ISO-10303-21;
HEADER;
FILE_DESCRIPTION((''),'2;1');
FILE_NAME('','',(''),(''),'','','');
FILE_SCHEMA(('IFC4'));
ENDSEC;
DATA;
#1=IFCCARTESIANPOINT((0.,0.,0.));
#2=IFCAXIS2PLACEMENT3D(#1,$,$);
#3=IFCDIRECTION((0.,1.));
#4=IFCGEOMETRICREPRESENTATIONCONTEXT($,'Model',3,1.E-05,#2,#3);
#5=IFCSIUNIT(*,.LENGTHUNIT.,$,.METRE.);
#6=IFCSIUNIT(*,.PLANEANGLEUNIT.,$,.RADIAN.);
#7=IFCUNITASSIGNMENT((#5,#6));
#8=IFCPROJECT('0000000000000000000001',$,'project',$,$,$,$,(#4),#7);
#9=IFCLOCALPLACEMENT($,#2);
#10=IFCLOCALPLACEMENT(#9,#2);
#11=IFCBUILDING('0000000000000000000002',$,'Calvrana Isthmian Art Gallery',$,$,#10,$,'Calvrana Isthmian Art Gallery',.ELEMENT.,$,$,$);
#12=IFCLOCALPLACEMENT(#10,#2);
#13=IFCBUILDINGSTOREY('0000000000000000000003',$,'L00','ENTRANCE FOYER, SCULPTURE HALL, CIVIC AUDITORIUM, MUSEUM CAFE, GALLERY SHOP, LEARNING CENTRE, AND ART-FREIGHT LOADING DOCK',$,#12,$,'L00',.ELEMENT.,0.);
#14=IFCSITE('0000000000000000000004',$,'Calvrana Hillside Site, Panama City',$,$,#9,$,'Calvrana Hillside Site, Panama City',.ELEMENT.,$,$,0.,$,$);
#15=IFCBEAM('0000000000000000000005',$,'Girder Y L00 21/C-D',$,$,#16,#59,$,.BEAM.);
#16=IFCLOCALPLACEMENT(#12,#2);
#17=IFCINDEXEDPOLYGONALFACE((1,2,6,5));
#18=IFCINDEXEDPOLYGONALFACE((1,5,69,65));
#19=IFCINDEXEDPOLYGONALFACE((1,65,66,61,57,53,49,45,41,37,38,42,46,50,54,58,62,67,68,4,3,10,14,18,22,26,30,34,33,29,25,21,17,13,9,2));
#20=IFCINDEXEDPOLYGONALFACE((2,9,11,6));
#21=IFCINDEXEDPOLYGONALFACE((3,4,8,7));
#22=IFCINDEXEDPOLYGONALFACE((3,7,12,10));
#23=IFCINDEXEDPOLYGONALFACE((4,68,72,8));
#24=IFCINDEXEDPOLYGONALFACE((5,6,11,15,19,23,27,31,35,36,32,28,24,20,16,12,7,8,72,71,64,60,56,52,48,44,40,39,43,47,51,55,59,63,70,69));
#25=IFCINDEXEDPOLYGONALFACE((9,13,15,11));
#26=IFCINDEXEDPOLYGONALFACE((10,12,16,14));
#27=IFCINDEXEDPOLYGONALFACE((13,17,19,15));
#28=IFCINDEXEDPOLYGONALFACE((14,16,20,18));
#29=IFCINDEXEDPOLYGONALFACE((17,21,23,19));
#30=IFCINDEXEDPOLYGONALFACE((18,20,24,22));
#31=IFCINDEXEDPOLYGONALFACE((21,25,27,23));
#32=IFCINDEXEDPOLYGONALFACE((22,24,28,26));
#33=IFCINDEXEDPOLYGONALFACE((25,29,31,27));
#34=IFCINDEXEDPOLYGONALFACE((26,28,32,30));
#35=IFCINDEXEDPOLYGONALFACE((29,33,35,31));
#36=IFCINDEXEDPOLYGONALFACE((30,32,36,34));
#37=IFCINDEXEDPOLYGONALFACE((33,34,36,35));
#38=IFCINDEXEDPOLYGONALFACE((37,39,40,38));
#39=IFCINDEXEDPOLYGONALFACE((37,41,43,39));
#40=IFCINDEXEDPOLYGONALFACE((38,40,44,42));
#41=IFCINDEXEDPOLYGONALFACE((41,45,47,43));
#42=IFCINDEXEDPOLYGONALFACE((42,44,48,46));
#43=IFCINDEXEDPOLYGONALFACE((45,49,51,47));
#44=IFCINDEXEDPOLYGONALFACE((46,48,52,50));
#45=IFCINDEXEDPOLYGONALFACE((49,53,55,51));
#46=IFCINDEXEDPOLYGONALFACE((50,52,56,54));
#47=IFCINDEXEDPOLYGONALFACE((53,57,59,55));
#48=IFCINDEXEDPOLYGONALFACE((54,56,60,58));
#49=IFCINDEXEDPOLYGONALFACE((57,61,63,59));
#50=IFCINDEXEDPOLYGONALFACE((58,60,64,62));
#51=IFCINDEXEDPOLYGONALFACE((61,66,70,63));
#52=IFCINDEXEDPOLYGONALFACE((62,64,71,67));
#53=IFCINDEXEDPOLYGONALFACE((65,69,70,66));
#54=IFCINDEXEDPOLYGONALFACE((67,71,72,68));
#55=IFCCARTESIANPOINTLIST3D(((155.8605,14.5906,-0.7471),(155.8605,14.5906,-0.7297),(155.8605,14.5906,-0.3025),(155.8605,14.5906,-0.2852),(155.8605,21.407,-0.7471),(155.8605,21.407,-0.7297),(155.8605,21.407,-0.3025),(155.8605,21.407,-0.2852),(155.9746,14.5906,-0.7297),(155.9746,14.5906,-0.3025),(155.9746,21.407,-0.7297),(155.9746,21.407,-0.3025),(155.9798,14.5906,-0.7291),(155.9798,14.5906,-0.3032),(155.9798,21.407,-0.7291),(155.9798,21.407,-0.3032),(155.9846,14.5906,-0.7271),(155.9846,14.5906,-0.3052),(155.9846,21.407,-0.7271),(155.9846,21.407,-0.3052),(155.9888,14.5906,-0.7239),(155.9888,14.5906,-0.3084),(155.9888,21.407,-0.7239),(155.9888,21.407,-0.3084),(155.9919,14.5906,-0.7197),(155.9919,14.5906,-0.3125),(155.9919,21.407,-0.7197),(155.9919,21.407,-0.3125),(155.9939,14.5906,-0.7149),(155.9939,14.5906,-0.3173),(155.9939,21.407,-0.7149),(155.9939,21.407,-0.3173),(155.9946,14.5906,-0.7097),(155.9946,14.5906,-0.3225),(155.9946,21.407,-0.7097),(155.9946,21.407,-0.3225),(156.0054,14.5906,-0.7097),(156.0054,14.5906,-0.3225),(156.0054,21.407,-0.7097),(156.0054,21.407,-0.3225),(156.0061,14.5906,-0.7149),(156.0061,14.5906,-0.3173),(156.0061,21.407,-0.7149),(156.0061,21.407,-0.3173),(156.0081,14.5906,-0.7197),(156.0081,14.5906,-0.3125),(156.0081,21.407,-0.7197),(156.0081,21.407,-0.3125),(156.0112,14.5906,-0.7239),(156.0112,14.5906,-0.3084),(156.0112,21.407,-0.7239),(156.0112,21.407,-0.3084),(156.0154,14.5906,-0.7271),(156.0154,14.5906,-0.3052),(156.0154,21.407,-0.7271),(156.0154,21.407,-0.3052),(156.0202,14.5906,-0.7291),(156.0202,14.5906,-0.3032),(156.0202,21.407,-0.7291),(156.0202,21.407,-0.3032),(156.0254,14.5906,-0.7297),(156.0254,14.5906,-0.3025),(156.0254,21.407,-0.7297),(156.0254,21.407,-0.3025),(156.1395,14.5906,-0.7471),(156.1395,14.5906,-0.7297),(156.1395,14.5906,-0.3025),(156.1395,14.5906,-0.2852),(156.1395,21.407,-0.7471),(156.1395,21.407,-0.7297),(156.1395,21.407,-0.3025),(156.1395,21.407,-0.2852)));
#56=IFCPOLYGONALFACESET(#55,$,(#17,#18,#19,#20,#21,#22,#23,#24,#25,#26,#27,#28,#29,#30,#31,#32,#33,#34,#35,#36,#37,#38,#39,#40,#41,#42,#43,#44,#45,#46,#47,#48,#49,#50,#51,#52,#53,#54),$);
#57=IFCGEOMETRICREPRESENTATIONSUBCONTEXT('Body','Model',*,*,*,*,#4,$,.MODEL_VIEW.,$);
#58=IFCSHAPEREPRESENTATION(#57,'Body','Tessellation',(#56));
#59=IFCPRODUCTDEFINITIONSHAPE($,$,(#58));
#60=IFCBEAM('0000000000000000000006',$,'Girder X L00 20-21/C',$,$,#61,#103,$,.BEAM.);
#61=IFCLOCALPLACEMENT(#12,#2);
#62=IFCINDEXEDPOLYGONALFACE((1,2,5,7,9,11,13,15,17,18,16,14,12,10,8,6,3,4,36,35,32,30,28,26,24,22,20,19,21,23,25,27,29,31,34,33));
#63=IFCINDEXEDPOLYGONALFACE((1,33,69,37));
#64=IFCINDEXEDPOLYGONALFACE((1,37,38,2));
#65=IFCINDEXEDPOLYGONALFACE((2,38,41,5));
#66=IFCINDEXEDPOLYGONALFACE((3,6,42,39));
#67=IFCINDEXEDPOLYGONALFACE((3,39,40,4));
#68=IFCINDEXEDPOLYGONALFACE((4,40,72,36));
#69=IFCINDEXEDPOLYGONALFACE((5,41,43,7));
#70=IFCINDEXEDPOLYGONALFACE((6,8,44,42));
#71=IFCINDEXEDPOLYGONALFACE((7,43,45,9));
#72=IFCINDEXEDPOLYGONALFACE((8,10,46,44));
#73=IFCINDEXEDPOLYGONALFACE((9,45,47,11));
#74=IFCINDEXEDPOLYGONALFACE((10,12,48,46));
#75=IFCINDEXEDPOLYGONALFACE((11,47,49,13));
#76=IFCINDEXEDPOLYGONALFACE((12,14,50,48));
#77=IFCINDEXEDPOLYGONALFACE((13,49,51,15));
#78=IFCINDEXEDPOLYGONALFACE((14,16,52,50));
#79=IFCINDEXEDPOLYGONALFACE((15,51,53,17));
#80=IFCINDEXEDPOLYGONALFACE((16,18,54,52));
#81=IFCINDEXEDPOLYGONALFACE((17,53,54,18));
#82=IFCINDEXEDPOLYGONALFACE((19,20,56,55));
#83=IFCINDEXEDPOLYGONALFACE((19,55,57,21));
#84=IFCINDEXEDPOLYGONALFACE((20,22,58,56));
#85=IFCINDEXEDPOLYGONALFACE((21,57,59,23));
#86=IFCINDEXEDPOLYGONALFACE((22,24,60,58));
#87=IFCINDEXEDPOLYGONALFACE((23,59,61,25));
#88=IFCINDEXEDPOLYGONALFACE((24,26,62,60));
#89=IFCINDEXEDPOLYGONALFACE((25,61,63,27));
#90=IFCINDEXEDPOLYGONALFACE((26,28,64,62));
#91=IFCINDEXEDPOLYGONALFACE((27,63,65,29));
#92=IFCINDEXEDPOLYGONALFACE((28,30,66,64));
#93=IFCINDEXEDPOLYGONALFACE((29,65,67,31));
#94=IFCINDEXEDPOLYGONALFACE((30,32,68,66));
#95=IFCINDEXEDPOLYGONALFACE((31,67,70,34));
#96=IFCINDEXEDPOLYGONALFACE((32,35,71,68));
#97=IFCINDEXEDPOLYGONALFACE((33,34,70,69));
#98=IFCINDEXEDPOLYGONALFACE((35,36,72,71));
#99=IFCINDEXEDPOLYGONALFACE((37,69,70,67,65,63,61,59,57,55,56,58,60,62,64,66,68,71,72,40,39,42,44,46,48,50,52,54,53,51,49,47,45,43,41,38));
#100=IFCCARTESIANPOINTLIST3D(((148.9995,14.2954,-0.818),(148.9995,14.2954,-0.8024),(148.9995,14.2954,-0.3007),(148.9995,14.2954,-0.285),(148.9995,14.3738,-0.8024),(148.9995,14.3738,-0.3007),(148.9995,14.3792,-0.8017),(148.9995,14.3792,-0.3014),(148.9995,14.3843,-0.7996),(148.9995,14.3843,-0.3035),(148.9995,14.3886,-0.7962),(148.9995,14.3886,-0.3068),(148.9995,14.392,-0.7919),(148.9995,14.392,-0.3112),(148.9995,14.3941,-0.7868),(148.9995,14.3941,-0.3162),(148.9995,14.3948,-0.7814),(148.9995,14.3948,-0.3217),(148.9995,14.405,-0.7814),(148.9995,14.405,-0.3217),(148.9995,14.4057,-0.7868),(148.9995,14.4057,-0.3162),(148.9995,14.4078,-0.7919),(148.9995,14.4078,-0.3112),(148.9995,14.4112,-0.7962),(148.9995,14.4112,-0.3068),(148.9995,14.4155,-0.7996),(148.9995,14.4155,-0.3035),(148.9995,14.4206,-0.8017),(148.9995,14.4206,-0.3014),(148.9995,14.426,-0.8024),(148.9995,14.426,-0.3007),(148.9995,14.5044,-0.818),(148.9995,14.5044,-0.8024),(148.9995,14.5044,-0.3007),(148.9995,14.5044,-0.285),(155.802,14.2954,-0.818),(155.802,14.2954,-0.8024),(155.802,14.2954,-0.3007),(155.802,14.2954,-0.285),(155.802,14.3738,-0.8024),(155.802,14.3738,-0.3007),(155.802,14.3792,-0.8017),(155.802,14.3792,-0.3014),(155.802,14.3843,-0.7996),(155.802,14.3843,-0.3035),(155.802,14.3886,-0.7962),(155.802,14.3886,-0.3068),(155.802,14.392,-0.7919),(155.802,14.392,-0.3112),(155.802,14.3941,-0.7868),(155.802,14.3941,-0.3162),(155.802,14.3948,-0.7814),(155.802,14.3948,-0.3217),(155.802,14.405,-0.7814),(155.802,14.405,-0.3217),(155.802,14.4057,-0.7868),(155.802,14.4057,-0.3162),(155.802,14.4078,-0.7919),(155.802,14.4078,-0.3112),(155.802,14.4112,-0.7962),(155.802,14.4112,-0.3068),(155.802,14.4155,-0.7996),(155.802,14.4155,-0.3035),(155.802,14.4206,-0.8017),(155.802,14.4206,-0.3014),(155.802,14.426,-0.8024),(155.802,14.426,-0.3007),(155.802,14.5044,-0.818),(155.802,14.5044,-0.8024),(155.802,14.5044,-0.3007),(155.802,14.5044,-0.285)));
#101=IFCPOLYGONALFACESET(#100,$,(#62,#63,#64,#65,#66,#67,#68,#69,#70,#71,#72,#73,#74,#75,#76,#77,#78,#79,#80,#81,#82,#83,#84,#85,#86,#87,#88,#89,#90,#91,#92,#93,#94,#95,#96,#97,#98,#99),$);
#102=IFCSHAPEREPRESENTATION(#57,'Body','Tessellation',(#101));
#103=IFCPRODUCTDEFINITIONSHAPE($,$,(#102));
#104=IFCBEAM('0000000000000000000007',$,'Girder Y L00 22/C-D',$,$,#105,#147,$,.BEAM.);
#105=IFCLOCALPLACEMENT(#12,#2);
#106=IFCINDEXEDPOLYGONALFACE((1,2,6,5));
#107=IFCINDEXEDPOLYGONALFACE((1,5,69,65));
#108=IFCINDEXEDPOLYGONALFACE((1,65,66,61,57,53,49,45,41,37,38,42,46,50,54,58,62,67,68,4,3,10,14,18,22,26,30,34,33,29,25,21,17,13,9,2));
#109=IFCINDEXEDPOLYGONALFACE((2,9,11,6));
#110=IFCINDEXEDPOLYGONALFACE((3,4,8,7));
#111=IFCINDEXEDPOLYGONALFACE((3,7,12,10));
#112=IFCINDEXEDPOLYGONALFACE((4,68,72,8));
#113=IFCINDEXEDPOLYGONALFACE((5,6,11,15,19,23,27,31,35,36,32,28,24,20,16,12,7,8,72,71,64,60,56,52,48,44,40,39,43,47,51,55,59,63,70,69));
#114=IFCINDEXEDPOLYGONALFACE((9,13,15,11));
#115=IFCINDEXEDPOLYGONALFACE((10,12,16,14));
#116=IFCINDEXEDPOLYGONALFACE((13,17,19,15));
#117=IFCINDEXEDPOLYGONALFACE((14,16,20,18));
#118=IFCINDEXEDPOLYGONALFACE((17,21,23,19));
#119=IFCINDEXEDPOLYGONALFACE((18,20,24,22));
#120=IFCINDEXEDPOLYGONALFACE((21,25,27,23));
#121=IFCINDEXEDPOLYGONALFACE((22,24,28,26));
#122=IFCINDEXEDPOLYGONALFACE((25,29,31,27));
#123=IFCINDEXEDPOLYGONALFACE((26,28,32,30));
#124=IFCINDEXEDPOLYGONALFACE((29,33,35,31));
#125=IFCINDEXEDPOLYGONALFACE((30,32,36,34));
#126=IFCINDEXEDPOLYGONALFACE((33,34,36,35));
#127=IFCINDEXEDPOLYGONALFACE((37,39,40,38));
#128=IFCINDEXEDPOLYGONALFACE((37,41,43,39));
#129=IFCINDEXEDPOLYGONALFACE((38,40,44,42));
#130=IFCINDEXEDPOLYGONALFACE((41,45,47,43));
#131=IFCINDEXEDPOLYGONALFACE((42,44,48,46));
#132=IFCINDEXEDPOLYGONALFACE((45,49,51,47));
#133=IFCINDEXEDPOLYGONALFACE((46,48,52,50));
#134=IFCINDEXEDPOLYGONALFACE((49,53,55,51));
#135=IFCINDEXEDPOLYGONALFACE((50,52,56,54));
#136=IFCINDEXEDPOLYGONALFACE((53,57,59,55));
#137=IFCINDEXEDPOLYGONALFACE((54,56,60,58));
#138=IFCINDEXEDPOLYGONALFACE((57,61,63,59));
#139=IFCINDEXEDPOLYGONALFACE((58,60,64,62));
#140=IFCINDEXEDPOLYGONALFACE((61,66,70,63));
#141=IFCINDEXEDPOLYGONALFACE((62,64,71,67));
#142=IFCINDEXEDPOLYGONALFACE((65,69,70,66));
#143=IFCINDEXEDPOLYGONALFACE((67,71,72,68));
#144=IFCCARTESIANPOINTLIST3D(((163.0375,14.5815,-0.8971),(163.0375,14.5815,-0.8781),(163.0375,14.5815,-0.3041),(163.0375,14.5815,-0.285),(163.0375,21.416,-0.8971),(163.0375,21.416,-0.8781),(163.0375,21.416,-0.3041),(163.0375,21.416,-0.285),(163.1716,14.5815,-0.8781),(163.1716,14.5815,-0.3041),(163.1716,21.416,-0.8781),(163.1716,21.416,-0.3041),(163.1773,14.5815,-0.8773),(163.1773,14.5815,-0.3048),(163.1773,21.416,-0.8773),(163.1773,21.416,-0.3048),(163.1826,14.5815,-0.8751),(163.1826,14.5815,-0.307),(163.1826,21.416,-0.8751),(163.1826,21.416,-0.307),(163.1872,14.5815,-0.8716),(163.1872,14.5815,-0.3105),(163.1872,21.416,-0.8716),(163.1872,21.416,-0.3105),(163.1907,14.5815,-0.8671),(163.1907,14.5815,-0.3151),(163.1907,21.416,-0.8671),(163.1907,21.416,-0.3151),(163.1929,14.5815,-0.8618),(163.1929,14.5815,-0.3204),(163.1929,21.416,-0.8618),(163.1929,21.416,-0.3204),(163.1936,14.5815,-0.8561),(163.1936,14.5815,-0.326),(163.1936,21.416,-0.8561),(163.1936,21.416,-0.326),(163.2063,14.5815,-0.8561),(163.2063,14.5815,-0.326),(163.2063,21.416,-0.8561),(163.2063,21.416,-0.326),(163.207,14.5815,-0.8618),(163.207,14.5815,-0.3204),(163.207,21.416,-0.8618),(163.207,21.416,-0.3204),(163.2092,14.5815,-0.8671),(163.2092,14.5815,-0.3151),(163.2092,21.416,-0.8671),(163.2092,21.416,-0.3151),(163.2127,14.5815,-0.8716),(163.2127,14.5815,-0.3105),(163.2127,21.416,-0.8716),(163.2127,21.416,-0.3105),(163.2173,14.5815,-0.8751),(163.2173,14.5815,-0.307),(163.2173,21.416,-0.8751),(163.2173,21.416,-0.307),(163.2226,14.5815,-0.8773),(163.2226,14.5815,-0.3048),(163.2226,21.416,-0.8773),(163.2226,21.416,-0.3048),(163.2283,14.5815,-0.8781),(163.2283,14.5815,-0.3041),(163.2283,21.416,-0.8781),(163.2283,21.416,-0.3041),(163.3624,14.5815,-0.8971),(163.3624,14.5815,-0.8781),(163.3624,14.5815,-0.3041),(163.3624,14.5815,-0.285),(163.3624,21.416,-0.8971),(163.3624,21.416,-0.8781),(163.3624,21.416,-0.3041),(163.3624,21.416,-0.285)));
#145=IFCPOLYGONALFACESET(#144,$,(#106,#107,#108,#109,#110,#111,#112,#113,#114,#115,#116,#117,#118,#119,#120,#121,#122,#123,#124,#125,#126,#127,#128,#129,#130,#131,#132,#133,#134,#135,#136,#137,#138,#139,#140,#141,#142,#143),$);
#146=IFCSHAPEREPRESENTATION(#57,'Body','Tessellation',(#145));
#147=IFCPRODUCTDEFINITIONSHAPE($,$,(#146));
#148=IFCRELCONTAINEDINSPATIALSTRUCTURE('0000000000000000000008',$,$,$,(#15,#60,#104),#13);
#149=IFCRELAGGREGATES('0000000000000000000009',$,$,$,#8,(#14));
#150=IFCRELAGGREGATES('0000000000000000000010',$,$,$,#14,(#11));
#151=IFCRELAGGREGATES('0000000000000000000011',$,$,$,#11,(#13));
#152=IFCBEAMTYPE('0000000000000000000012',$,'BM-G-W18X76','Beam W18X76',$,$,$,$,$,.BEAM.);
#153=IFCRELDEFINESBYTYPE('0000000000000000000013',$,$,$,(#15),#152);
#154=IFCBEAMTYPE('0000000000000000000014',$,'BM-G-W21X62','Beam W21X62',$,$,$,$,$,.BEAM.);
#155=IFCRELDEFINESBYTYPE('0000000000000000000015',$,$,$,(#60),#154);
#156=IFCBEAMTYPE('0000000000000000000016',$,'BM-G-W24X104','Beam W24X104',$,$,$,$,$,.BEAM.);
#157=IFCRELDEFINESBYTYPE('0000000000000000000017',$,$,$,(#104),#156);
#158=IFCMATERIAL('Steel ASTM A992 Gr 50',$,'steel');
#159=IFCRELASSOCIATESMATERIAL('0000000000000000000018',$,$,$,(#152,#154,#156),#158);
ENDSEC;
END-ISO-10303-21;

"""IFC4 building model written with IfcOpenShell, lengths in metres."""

from ifc_helpers import new_model, si_unit, direction, frame, origin, origin_2d, place, context, subcontext, project, spatial, i_section, extrude, material, material_profile, profile_set, type_object, element, save


model = new_model("IFC4")

# Units and contexts
model_context = context("Model", 3, precision=1e-05, world=origin(), true_north=direction((0.0, 1.0)))
body_context = subcontext(model_context, "Body", "Model", "MODEL_VIEW")
ifc_project = project(units=[si_unit("LENGTHUNIT", "METRE"), si_unit("PLANEANGLEUNIT", "RADIAN")], contexts=[model_context])

# Site, building, storey
site_placement = place(None, origin())
site = spatial("IfcSite", under=ifc_project, at=site_placement, Name="Calvrana Hillside Site, Panama City", LongName="Calvrana Hillside Site, Panama City", CompositionType="ELEMENT", RefElevation=0.0)
building_placement = place(site_placement, origin())
building = spatial("IfcBuilding", under=site, at=building_placement, Name="Calvrana Isthmian Art Gallery", LongName="Calvrana Isthmian Art Gallery", CompositionType="ELEMENT")
storey_placement = place(building_placement, origin())
storey = spatial("IfcBuildingStorey", under=building, at=storey_placement, Name="L00", Description="ENTRANCE FOYER, SCULPTURE HALL, CIVIC AUDITORIUM, MUSEUM CAFE, GALLERY SHOP, LEARNING CENTRE, AND ART-FREIGHT LOADING DOCK", LongName="L00", CompositionType="ELEMENT", Elevation=0.0)

# Shared definitions
ifc_material_1 = material(Name="Steel ASTM A992 Gr 50", Category="steel")

# Beams
ifc_material_profile_1 = material_profile(ifc_material_1, i_section(OverallWidth=0.2791, OverallDepth=0.4619, WebThickness=0.0107, FlangeThickness=0.0173, FilletRadius=0.02, at=origin_2d()), Name="W18X76")
ifc_profile_set_1 = profile_set([ifc_material_profile_1], Name="Steel ASTM A992 Gr 50")
beam_type_1 = type_object("IfcBeamType", Name="BM-G-W18X76", Description="Beam W18X76", PredefinedType="BEAM", material=ifc_profile_set_1)
for number, where, z_axis, x_axis, name in (
    (1, (156.0, 14.5906, -0.5161), (0.0, 1.0, 0.0), (-1.0, 0.0, 0.0), "Girder Y L00 21/C-D"),
):
    element("IfcBeam", number, at=place(storey_placement, frame(where, z_axis=z_axis, x_axis=x_axis)), inside=storey, type_object=beam_type_1, Name=name, PredefinedType="BEAM", context=body_context, shape_type="SweptSolid", body=[
        extrude(i_section(OverallWidth=0.2791, OverallDepth=0.4619, WebThickness=0.0107, FlangeThickness=0.0173, FilletRadius=0.02, at=origin_2d()), origin(), (0.0, 0.0, 1.0), 6.8164),
    ])
ifc_material_profile_2 = material_profile(ifc_material_1, i_section(OverallWidth=0.209, OverallDepth=0.533, WebThickness=0.0103, FlangeThickness=0.0156, FilletRadius=0.021, at=origin_2d()), Name="W21X62")
ifc_profile_set_2 = profile_set([ifc_material_profile_2], Name="Steel ASTM A992 Gr 50")
beam_type_2 = type_object("IfcBeamType", Name="BM-G-W21X62", Description="Beam W21X62", PredefinedType="BEAM", material=ifc_profile_set_2)
beam_1_placement = place(storey_placement, frame((148.9995, 14.3999, -0.5515), z_axis=(1.0, 0.0, 0.0), x_axis=(0.0, 1.0, 0.0)))
element("IfcBeam", 2, at=beam_1_placement, inside=storey, type_object=beam_type_2, Name="Girder X L00 20-21/C", PredefinedType="BEAM", context=body_context, shape_type="SweptSolid", body=[
    extrude(i_section(OverallWidth=0.209, OverallDepth=0.533, WebThickness=0.0103, FlangeThickness=0.0156, FilletRadius=0.021, at=origin_2d()), origin(), (0.0, 0.0, 1.0), 6.8025),
])
ifc_material_profile_3 = material_profile(ifc_material_1, i_section(OverallWidth=0.325, OverallDepth=0.6121, WebThickness=0.0127, FlangeThickness=0.019, FilletRadius=0.022, at=origin_2d()), Name="W24X104")
ifc_profile_set_3 = profile_set([ifc_material_profile_3], Name="Steel ASTM A992 Gr 50")
beam_type_3 = type_object("IfcBeamType", Name="BM-G-W24X104", Description="Beam W24X104", PredefinedType="BEAM", material=ifc_profile_set_3)
beam_2_placement = place(storey_placement, frame((163.2, 14.5815, -0.5911), z_axis=(0.0, 1.0, 0.0), x_axis=(-1.0, 0.0, 0.0)))
element("IfcBeam", 3, at=beam_2_placement, inside=storey, type_object=beam_type_3, Name="Girder Y L00 22/C-D", PredefinedType="BEAM", context=body_context, shape_type="SweptSolid", body=[
    extrude(i_section(OverallWidth=0.325, OverallDepth=0.6121, WebThickness=0.0127, FlangeThickness=0.019, FilletRadius=0.022, at=origin_2d()), origin(), (0.0, 0.0, 1.0), 6.8345),
])

save(model, "model.ifc")
